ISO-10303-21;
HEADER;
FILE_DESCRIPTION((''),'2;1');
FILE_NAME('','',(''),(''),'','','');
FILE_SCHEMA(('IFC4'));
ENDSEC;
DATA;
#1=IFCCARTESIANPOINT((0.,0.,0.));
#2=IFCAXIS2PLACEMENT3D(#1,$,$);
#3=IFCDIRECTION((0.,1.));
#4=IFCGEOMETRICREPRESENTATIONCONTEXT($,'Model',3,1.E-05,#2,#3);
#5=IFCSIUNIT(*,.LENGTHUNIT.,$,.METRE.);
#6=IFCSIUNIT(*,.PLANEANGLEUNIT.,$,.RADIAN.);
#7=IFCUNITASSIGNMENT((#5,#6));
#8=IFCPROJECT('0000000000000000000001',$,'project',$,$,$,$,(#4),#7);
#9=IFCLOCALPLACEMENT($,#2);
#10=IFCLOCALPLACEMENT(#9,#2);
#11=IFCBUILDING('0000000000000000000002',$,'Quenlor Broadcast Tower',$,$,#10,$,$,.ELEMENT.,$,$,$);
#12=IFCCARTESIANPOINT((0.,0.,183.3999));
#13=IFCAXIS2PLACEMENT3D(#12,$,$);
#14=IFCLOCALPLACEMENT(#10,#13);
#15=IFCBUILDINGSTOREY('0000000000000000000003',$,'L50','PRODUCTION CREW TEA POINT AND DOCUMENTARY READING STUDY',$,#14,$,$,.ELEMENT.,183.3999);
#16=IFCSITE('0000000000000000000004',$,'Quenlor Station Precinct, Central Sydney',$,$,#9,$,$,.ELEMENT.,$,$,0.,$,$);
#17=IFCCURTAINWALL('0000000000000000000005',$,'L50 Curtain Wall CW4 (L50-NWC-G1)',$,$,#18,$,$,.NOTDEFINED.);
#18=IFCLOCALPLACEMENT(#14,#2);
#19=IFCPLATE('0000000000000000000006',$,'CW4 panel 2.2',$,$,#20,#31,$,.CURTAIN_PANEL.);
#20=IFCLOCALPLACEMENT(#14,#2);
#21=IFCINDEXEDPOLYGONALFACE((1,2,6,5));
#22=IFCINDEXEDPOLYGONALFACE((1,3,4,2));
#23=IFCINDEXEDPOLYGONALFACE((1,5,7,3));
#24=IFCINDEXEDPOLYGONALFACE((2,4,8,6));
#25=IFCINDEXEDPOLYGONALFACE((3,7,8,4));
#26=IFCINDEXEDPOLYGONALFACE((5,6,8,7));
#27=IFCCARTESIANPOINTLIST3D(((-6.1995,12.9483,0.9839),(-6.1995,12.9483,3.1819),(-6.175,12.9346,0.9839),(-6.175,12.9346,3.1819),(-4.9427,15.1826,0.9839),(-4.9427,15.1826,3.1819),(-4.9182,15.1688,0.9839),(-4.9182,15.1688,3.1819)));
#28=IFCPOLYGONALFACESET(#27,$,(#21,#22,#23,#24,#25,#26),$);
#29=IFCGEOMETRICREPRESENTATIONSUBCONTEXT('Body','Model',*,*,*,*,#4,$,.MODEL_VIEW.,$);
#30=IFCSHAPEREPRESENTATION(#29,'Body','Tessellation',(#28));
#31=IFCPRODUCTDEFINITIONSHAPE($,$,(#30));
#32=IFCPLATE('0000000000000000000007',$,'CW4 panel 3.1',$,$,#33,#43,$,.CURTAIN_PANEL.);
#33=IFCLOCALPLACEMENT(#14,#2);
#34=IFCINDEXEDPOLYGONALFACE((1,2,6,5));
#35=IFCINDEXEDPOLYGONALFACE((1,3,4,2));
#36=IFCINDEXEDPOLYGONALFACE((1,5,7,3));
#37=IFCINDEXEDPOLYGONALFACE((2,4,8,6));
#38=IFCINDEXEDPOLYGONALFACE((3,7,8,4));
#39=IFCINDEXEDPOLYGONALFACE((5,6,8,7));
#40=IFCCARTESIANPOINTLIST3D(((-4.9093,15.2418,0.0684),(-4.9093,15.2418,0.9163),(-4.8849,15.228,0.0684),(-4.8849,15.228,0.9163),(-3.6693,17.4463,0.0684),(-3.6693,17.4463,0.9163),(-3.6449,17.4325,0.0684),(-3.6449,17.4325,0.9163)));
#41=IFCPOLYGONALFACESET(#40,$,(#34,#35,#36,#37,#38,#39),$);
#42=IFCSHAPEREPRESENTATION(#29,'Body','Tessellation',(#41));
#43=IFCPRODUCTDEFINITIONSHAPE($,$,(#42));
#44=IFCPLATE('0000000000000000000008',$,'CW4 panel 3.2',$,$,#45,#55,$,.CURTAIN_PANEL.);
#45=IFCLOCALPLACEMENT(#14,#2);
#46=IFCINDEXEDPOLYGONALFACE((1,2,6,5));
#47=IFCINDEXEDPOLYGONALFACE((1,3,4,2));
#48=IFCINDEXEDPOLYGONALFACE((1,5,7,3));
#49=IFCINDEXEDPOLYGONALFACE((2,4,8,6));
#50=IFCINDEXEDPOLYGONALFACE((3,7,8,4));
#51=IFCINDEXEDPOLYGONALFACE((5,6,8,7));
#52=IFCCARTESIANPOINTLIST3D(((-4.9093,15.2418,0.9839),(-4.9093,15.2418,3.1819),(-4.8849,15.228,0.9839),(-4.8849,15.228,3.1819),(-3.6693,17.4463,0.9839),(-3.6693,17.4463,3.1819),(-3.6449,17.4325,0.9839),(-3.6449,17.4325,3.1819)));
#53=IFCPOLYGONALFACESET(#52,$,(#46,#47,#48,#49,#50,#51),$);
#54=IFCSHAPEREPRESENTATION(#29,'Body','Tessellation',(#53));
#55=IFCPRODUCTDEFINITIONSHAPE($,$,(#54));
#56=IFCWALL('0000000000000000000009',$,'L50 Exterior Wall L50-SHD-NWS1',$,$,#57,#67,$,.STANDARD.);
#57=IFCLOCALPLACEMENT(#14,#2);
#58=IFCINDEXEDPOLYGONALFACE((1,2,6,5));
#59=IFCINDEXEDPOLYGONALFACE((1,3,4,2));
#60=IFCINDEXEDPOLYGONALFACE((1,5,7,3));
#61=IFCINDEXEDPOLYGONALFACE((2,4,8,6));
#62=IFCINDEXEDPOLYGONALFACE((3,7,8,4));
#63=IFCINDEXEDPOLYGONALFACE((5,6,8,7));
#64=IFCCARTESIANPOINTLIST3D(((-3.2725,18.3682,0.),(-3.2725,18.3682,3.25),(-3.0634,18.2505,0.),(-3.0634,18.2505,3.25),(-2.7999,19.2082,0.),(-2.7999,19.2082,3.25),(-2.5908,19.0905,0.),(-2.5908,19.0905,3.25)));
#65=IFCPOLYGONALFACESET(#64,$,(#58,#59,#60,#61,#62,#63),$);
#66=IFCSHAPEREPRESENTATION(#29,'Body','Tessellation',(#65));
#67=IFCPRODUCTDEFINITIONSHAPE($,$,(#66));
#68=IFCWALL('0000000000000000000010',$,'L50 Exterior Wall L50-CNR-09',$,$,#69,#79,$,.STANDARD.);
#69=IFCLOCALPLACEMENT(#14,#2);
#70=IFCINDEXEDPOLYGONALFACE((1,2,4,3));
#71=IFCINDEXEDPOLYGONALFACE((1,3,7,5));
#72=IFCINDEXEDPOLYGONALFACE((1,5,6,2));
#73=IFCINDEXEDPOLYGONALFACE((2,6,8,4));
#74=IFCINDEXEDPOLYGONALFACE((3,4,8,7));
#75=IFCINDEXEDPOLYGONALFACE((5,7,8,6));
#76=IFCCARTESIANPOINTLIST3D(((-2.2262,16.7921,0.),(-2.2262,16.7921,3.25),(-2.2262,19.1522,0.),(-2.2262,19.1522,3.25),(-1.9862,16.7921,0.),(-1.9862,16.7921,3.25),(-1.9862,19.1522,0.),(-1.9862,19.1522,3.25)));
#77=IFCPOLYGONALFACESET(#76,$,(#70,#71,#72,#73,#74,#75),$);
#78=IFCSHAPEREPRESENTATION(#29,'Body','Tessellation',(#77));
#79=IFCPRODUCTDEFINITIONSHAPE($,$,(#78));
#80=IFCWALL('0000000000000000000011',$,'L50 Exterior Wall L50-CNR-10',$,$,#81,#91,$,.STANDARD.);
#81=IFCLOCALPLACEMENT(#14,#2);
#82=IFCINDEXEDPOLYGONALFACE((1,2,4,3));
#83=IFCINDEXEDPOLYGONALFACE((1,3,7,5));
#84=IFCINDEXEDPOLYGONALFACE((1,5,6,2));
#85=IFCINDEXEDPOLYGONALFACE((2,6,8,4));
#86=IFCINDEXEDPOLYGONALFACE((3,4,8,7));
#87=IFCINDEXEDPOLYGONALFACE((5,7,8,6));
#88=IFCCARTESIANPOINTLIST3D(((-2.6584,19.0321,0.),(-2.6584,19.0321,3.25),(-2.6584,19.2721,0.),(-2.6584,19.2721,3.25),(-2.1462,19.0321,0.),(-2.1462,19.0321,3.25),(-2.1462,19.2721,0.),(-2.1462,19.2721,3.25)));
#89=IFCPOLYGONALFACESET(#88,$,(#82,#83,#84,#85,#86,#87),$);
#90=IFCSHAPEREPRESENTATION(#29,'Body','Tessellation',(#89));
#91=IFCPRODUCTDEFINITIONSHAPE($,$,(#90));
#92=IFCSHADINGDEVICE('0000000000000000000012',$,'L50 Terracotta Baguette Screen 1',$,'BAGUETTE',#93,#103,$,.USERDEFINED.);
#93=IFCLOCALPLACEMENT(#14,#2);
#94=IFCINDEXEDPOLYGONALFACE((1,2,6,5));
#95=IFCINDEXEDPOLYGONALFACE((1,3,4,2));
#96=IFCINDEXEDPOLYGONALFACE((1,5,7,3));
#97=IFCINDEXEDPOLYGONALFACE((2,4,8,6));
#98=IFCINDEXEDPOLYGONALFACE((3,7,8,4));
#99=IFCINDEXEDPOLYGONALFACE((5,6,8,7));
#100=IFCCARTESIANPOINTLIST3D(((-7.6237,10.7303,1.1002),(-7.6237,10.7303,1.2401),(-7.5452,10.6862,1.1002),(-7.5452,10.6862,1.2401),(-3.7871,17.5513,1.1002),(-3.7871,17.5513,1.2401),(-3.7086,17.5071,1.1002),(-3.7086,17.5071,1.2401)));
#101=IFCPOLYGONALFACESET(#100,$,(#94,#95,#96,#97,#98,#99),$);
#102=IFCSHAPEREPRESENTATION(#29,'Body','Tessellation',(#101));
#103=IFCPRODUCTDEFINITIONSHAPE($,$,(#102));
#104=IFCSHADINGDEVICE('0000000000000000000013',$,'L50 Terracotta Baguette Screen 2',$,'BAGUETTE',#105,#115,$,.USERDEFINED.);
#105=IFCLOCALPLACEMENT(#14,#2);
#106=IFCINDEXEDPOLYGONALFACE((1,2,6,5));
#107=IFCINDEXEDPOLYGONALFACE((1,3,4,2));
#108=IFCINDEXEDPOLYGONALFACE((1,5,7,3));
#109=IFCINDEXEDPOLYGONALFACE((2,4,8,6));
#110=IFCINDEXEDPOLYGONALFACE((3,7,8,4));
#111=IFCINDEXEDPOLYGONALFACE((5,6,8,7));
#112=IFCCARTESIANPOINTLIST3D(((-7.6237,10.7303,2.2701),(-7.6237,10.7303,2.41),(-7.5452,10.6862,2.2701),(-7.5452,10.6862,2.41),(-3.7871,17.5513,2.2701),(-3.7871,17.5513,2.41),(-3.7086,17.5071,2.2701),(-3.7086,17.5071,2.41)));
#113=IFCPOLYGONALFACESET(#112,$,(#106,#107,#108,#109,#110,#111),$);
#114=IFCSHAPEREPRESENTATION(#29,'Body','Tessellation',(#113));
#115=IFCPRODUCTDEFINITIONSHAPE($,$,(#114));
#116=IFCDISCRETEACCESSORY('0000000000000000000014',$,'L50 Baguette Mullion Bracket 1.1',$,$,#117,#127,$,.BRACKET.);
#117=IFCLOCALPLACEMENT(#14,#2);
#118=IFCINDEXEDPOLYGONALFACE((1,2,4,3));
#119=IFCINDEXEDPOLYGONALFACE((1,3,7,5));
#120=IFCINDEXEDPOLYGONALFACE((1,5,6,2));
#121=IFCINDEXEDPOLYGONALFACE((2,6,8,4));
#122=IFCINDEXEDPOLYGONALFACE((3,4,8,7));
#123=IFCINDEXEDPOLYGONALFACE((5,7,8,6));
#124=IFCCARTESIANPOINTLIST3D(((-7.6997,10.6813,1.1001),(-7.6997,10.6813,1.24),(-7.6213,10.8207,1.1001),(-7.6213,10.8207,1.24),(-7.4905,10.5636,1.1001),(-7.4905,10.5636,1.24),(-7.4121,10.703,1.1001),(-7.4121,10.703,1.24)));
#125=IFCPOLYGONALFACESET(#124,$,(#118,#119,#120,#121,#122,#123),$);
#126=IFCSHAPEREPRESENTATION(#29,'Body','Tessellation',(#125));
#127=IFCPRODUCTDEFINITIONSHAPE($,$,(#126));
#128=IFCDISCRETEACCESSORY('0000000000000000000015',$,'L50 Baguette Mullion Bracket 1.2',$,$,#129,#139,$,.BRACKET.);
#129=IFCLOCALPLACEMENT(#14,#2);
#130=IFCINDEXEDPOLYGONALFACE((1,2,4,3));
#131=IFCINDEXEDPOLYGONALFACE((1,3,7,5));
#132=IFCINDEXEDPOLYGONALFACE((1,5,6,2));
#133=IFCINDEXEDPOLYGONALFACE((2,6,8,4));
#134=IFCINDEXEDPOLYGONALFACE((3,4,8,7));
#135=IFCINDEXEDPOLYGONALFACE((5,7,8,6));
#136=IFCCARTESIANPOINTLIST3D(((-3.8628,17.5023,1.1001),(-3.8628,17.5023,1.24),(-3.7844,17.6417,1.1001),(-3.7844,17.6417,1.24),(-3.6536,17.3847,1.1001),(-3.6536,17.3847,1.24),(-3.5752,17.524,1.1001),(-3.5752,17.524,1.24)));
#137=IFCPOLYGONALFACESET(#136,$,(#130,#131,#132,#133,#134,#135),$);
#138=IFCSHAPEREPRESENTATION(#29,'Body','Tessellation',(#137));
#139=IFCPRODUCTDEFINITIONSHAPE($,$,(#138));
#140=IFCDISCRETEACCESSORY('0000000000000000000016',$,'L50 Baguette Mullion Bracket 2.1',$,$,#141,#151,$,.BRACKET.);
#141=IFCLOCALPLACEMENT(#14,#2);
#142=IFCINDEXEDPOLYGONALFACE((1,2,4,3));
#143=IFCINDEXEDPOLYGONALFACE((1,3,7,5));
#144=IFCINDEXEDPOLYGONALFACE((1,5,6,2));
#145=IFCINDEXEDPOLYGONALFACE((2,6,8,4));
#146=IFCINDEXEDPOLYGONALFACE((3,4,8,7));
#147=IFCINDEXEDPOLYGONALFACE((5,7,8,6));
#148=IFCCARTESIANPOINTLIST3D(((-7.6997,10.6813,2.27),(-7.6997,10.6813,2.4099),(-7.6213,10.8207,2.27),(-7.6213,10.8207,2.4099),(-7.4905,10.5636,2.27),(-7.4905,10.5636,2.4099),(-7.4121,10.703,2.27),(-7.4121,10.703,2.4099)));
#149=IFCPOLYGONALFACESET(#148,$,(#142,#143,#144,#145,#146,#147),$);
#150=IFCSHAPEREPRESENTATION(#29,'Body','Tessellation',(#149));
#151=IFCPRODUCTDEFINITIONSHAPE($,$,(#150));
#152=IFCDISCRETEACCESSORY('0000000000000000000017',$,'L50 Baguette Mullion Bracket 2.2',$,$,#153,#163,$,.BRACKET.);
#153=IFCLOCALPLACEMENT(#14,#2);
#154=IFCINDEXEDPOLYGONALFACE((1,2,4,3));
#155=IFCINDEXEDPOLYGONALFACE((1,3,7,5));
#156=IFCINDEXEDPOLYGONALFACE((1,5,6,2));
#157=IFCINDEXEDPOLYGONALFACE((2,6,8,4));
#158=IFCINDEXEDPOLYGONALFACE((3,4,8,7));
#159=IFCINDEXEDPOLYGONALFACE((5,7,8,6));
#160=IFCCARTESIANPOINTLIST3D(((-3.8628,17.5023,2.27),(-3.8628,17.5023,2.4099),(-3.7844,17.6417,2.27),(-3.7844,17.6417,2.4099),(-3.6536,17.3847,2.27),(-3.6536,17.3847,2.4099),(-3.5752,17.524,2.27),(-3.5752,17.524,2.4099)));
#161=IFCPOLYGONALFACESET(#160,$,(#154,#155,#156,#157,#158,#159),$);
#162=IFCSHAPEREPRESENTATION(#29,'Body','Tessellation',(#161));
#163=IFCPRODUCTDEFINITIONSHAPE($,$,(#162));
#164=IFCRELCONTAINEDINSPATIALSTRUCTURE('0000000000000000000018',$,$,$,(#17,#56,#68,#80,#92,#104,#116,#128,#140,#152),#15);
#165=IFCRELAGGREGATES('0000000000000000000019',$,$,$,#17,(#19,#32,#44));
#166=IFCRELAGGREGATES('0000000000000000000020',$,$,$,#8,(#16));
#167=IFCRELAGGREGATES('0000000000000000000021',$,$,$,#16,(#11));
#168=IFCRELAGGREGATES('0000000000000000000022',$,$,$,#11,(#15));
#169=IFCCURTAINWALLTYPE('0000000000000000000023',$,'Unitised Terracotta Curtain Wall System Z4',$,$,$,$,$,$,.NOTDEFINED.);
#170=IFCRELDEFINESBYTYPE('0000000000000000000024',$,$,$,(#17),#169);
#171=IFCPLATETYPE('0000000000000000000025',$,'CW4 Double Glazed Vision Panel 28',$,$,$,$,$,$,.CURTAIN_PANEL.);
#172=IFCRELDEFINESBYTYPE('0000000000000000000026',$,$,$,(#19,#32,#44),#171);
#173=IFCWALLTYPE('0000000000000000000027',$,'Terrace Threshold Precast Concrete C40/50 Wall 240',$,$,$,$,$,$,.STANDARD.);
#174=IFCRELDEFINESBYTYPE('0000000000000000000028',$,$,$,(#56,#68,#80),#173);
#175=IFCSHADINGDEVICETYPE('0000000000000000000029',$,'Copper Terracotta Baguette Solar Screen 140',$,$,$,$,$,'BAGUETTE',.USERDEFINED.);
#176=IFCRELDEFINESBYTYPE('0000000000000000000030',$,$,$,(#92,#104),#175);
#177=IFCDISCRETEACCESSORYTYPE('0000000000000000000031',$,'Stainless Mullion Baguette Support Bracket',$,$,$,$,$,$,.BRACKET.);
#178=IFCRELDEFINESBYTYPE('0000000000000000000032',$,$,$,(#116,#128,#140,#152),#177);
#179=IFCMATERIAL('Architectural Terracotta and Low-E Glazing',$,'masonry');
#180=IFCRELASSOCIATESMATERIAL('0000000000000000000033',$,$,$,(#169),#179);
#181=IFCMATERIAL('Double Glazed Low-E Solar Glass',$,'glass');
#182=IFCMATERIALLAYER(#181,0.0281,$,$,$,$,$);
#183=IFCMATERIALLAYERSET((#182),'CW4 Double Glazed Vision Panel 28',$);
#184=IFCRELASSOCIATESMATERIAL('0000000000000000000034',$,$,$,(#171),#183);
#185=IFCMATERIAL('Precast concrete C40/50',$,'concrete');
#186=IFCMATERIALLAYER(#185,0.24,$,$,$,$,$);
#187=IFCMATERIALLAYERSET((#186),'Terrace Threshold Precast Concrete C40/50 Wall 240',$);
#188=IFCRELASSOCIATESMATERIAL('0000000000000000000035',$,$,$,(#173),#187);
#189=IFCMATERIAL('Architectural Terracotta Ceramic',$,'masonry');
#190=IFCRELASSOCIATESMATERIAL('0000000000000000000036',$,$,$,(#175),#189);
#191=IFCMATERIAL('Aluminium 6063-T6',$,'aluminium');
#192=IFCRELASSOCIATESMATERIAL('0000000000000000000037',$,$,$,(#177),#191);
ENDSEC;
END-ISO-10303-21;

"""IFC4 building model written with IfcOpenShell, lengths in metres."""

from ifc_helpers import new_model, si_unit, direction, frame, frame_2d, origin, origin_2d, place, context, subcontext, project, spatial, rectangle, extrude, material, layer, layer_set, material_profile, profile_set, type_object, element, aggregate, save


model = new_model("IFC4")

# Units and contexts
model_context = context("Model", 3, precision=1e-05, world=origin(), true_north=direction((0.0, 1.0)))
body_context = subcontext(model_context, "Body", "Model", "MODEL_VIEW")
ifc_project = project(units=[si_unit("LENGTHUNIT", "METRE"), si_unit("PLANEANGLEUNIT", "RADIAN")], contexts=[model_context])

# Site, building, storey
site_placement = place(None, origin())
site = spatial("IfcSite", under=ifc_project, at=site_placement, Name="Quenlor Station Precinct, Central Sydney", CompositionType="ELEMENT", RefElevation=0.0)
building_placement = place(site_placement, origin())
building = spatial("IfcBuilding", under=site, at=building_placement, Name="Quenlor Broadcast Tower", CompositionType="ELEMENT")
storey_placement = place(building_placement, frame((0.0, 0.0, 183.3999)))
storey = spatial("IfcBuildingStorey", under=building, at=storey_placement, Name="L50", Description="PRODUCTION CREW TEA POINT AND DOCUMENTARY READING STUDY", CompositionType="ELEMENT", Elevation=183.3999)

# Curtain wall
ifc_material_1 = material(Name="Architectural Terracotta and Low-E Glazing", Category="masonry")
curtain_wall_type = type_object("IfcCurtainWallType", Name="Unitised Terracotta Curtain Wall System Z4", PredefinedType="NOTDEFINED", material=ifc_material_1)
curtain_wall_placement = place(storey_placement, origin())
curtain_wall = element("IfcCurtainWall", 1, at=curtain_wall_placement, inside=storey, type_object=curtain_wall_type, Name="L50 Curtain Wall CW4 (L50-NWC-G1)", PredefinedType="NOTDEFINED")

# Plates
ifc_material_2 = material(Name="Double Glazed Low-E Solar Glass", Category="glass")
ifc_layer_1 = layer(ifc_material_2, 0.0281)
ifc_layer_set_1 = layer_set([ifc_layer_1], Name="CW4 Double Glazed Vision Panel 28")
plate_type = type_object("IfcPlateType", Name="CW4 Double Glazed Vision Panel 28", PredefinedType="CURTAIN_PANEL", material=ifc_layer_set_1)
plate_1_placement = place(storey_placement, frame((-5.5588, 14.0586, 0.9839), z_axis=(0.0, 0.0, 1.0), x_axis=(0.490259, 0.871577, 0.0)))
plate_1 = element("IfcPlate", 2, at=plate_1_placement, type_object=plate_type, Name="CW4 panel 2.2", PredefinedType="CURTAIN_PANEL", context=body_context, shape_type="SweptSolid", body=[
    extrude(rectangle(XDim=2.5635, YDim=0.0281, at=origin_2d()), origin(), (0.0, 0.0, 1.0), 2.198),
])
plate_2_placement = place(storey_placement, frame((-4.2771, 16.3372, 0.0684), z_axis=(0.0, 0.0, 1.0), x_axis=(0.490259, 0.871577, 0.0)))
plate_2 = element("IfcPlate", 3, at=plate_2_placement, type_object=plate_type, Name="CW4 panel 3.1", PredefinedType="CURTAIN_PANEL", context=body_context, shape_type="SweptSolid", body=[
    extrude(rectangle(XDim=2.5293, YDim=0.0281, at=origin_2d()), origin(), (0.0, 0.0, 1.0), 0.8479),
])
plate_3_placement = place(storey_placement, frame((-4.2771, 16.3372, 0.9839), z_axis=(0.0, 0.0, 1.0), x_axis=(0.490259, 0.871577, 0.0)))
plate_3 = element("IfcPlate", 4, at=plate_3_placement, type_object=plate_type, Name="CW4 panel 3.2", PredefinedType="CURTAIN_PANEL", context=body_context, shape_type="SweptSolid", body=[
    extrude(rectangle(XDim=2.5293, YDim=0.0281, at=origin_2d()), origin(), (0.0, 0.0, 1.0), 2.198),
])
aggregate(curtain_wall, [plate_1, plate_2, plate_3])

# Walls
ifc_material_3 = material(Name="Precast concrete C40/50", Category="concrete")
ifc_layer_2 = layer(ifc_material_3, 0.24)
ifc_layer_set_2 = layer_set([ifc_layer_2], Name="Terrace Threshold Precast Concrete C40/50 Wall 240")
wall_type = type_object("IfcWallType", Name="Terrace Threshold Precast Concrete C40/50 Wall 240", PredefinedType="STANDARD", material=ifc_layer_set_2)
wall_1_placement = place(storey_placement, frame((-3.168, 18.3093, 0.0), z_axis=(0.0, 0.0, 1.0), x_axis=(0.490345, 0.871528, 0.0)))
element("IfcWall", 5, at=wall_1_placement, inside=storey, type_object=wall_type, Name="L50 Exterior Wall L50-SHD-NWS1", PredefinedType="STANDARD", context=body_context, shape_type="SweptSolid", body=[
    extrude(rectangle(XDim=0.9639, YDim=0.24, at=frame_2d((0.4819, 0.0))), origin(), (0.0, 0.0, 1.0), 3.25),
])
wall_2_placement = place(storey_placement, frame((-2.1062, 16.792, 0.0), z_axis=(0.0, 0.0, 1.0), x_axis=(0.0, 1.0, 0.0)))
element("IfcWall", 6, at=wall_2_placement, inside=storey, type_object=wall_type, Name="L50 Exterior Wall L50-CNR-09", PredefinedType="STANDARD", context=body_context, shape_type="SweptSolid", body=[
    extrude(rectangle(XDim=2.3601, YDim=0.24, at=frame_2d((1.1802, 0.0))), origin(), (0.0, 0.0, 1.0), 3.25),
])
wall_3_placement = place(storey_placement, frame((-2.1462, 19.1521, 0.0), z_axis=(0.0, 0.0, 1.0), x_axis=(-1.0, 0.0, 0.0)))
element("IfcWall", 7, at=wall_3_placement, inside=storey, type_object=wall_type, Name="L50 Exterior Wall L50-CNR-10", PredefinedType="STANDARD", context=body_context, shape_type="SweptSolid", body=[
    extrude(rectangle(XDim=0.5122, YDim=0.24, at=frame_2d((0.2561, 0.0))), origin(), (0.0, 0.0, 1.0), 3.25),
])

# Shading devices
ifc_material_4 = material(Name="Architectural Terracotta Ceramic", Category="masonry")
ifc_material_profile_1 = material_profile(ifc_material_4, rectangle(XDim=0.0901, YDim=0.1399, at=origin_2d()))
ifc_profile_set_1 = profile_set([ifc_material_profile_1], Name="Architectural Terracotta Ceramic BAG90x140")
shading_device_type = type_object("IfcShadingDeviceType", Name="Copper Terracotta Baguette Solar Screen 140", ElementType="BAGUETTE", PredefinedType="USERDEFINED", material=ifc_profile_set_1)
for number, where, z_axis, x_axis, name in (
    (8, (-7.5845, 10.7083, 1.1702), (0.490245, 0.871585, 0.0), (-0.871585, 0.490245, 0.0), "L50 Terracotta Baguette Screen 1"),
    (9, (-7.5845, 10.7083, 2.3401), (0.490245, 0.871585, 0.0), (-0.871585, 0.490245, 0.0), "L50 Terracotta Baguette Screen 2"),
):
    element("IfcShadingDevice", number, at=place(storey_placement, frame(where, z_axis=z_axis, x_axis=x_axis)), inside=storey, type_object=shading_device_type, Name=name, ObjectType="BAGUETTE", PredefinedType="USERDEFINED", context=body_context, shape_type="SweptSolid", body=[
        extrude(rectangle(XDim=0.0901, YDim=0.1399, at=origin_2d()), origin(), (0.0, 0.0, 1.0), 7.8259),
    ])

# Discrete accessories
ifc_material_5 = material(Name="Aluminium 6063-T6", Category="aluminium")
discrete_accessory_type = type_object("IfcDiscreteAccessoryType", Name="Stainless Mullion Baguette Support Bracket", PredefinedType="BRACKET", material=ifc_material_5)
for number, where, z_axis, x_axis, name in (
    (10, (-7.5559, 10.6921, 1.1001), (0.0, 0.0, 1.0), (0.490259, 0.871577, 0.0), "L50 Baguette Mullion Bracket 1.1"),
    (11, (-3.719, 17.5132, 1.1001), (0.0, 0.0, 1.0), (0.490259, 0.871577, 0.0), "L50 Baguette Mullion Bracket 1.2"),
    (12, (-7.5559, 10.6921, 2.27), (0.0, 0.0, 1.0), (0.490259, 0.871577, 0.0), "L50 Baguette Mullion Bracket 2.1"),
    (13, (-3.719, 17.5132, 2.27), (0.0, 0.0, 1.0), (0.490259, 0.871577, 0.0), "L50 Baguette Mullion Bracket 2.2"),
):
    element("IfcDiscreteAccessory", number, at=place(storey_placement, frame(where, z_axis=z_axis, x_axis=x_axis)), inside=storey, type_object=discrete_accessory_type, Name=name, PredefinedType="BRACKET", context=body_context, shape_type="SweptSolid", body=[
        extrude(rectangle(XDim=0.1599, YDim=0.24, at=origin_2d()), origin(), (0.0, 0.0, 1.0), 0.1399),
    ])

save(model, "model.ifc")
